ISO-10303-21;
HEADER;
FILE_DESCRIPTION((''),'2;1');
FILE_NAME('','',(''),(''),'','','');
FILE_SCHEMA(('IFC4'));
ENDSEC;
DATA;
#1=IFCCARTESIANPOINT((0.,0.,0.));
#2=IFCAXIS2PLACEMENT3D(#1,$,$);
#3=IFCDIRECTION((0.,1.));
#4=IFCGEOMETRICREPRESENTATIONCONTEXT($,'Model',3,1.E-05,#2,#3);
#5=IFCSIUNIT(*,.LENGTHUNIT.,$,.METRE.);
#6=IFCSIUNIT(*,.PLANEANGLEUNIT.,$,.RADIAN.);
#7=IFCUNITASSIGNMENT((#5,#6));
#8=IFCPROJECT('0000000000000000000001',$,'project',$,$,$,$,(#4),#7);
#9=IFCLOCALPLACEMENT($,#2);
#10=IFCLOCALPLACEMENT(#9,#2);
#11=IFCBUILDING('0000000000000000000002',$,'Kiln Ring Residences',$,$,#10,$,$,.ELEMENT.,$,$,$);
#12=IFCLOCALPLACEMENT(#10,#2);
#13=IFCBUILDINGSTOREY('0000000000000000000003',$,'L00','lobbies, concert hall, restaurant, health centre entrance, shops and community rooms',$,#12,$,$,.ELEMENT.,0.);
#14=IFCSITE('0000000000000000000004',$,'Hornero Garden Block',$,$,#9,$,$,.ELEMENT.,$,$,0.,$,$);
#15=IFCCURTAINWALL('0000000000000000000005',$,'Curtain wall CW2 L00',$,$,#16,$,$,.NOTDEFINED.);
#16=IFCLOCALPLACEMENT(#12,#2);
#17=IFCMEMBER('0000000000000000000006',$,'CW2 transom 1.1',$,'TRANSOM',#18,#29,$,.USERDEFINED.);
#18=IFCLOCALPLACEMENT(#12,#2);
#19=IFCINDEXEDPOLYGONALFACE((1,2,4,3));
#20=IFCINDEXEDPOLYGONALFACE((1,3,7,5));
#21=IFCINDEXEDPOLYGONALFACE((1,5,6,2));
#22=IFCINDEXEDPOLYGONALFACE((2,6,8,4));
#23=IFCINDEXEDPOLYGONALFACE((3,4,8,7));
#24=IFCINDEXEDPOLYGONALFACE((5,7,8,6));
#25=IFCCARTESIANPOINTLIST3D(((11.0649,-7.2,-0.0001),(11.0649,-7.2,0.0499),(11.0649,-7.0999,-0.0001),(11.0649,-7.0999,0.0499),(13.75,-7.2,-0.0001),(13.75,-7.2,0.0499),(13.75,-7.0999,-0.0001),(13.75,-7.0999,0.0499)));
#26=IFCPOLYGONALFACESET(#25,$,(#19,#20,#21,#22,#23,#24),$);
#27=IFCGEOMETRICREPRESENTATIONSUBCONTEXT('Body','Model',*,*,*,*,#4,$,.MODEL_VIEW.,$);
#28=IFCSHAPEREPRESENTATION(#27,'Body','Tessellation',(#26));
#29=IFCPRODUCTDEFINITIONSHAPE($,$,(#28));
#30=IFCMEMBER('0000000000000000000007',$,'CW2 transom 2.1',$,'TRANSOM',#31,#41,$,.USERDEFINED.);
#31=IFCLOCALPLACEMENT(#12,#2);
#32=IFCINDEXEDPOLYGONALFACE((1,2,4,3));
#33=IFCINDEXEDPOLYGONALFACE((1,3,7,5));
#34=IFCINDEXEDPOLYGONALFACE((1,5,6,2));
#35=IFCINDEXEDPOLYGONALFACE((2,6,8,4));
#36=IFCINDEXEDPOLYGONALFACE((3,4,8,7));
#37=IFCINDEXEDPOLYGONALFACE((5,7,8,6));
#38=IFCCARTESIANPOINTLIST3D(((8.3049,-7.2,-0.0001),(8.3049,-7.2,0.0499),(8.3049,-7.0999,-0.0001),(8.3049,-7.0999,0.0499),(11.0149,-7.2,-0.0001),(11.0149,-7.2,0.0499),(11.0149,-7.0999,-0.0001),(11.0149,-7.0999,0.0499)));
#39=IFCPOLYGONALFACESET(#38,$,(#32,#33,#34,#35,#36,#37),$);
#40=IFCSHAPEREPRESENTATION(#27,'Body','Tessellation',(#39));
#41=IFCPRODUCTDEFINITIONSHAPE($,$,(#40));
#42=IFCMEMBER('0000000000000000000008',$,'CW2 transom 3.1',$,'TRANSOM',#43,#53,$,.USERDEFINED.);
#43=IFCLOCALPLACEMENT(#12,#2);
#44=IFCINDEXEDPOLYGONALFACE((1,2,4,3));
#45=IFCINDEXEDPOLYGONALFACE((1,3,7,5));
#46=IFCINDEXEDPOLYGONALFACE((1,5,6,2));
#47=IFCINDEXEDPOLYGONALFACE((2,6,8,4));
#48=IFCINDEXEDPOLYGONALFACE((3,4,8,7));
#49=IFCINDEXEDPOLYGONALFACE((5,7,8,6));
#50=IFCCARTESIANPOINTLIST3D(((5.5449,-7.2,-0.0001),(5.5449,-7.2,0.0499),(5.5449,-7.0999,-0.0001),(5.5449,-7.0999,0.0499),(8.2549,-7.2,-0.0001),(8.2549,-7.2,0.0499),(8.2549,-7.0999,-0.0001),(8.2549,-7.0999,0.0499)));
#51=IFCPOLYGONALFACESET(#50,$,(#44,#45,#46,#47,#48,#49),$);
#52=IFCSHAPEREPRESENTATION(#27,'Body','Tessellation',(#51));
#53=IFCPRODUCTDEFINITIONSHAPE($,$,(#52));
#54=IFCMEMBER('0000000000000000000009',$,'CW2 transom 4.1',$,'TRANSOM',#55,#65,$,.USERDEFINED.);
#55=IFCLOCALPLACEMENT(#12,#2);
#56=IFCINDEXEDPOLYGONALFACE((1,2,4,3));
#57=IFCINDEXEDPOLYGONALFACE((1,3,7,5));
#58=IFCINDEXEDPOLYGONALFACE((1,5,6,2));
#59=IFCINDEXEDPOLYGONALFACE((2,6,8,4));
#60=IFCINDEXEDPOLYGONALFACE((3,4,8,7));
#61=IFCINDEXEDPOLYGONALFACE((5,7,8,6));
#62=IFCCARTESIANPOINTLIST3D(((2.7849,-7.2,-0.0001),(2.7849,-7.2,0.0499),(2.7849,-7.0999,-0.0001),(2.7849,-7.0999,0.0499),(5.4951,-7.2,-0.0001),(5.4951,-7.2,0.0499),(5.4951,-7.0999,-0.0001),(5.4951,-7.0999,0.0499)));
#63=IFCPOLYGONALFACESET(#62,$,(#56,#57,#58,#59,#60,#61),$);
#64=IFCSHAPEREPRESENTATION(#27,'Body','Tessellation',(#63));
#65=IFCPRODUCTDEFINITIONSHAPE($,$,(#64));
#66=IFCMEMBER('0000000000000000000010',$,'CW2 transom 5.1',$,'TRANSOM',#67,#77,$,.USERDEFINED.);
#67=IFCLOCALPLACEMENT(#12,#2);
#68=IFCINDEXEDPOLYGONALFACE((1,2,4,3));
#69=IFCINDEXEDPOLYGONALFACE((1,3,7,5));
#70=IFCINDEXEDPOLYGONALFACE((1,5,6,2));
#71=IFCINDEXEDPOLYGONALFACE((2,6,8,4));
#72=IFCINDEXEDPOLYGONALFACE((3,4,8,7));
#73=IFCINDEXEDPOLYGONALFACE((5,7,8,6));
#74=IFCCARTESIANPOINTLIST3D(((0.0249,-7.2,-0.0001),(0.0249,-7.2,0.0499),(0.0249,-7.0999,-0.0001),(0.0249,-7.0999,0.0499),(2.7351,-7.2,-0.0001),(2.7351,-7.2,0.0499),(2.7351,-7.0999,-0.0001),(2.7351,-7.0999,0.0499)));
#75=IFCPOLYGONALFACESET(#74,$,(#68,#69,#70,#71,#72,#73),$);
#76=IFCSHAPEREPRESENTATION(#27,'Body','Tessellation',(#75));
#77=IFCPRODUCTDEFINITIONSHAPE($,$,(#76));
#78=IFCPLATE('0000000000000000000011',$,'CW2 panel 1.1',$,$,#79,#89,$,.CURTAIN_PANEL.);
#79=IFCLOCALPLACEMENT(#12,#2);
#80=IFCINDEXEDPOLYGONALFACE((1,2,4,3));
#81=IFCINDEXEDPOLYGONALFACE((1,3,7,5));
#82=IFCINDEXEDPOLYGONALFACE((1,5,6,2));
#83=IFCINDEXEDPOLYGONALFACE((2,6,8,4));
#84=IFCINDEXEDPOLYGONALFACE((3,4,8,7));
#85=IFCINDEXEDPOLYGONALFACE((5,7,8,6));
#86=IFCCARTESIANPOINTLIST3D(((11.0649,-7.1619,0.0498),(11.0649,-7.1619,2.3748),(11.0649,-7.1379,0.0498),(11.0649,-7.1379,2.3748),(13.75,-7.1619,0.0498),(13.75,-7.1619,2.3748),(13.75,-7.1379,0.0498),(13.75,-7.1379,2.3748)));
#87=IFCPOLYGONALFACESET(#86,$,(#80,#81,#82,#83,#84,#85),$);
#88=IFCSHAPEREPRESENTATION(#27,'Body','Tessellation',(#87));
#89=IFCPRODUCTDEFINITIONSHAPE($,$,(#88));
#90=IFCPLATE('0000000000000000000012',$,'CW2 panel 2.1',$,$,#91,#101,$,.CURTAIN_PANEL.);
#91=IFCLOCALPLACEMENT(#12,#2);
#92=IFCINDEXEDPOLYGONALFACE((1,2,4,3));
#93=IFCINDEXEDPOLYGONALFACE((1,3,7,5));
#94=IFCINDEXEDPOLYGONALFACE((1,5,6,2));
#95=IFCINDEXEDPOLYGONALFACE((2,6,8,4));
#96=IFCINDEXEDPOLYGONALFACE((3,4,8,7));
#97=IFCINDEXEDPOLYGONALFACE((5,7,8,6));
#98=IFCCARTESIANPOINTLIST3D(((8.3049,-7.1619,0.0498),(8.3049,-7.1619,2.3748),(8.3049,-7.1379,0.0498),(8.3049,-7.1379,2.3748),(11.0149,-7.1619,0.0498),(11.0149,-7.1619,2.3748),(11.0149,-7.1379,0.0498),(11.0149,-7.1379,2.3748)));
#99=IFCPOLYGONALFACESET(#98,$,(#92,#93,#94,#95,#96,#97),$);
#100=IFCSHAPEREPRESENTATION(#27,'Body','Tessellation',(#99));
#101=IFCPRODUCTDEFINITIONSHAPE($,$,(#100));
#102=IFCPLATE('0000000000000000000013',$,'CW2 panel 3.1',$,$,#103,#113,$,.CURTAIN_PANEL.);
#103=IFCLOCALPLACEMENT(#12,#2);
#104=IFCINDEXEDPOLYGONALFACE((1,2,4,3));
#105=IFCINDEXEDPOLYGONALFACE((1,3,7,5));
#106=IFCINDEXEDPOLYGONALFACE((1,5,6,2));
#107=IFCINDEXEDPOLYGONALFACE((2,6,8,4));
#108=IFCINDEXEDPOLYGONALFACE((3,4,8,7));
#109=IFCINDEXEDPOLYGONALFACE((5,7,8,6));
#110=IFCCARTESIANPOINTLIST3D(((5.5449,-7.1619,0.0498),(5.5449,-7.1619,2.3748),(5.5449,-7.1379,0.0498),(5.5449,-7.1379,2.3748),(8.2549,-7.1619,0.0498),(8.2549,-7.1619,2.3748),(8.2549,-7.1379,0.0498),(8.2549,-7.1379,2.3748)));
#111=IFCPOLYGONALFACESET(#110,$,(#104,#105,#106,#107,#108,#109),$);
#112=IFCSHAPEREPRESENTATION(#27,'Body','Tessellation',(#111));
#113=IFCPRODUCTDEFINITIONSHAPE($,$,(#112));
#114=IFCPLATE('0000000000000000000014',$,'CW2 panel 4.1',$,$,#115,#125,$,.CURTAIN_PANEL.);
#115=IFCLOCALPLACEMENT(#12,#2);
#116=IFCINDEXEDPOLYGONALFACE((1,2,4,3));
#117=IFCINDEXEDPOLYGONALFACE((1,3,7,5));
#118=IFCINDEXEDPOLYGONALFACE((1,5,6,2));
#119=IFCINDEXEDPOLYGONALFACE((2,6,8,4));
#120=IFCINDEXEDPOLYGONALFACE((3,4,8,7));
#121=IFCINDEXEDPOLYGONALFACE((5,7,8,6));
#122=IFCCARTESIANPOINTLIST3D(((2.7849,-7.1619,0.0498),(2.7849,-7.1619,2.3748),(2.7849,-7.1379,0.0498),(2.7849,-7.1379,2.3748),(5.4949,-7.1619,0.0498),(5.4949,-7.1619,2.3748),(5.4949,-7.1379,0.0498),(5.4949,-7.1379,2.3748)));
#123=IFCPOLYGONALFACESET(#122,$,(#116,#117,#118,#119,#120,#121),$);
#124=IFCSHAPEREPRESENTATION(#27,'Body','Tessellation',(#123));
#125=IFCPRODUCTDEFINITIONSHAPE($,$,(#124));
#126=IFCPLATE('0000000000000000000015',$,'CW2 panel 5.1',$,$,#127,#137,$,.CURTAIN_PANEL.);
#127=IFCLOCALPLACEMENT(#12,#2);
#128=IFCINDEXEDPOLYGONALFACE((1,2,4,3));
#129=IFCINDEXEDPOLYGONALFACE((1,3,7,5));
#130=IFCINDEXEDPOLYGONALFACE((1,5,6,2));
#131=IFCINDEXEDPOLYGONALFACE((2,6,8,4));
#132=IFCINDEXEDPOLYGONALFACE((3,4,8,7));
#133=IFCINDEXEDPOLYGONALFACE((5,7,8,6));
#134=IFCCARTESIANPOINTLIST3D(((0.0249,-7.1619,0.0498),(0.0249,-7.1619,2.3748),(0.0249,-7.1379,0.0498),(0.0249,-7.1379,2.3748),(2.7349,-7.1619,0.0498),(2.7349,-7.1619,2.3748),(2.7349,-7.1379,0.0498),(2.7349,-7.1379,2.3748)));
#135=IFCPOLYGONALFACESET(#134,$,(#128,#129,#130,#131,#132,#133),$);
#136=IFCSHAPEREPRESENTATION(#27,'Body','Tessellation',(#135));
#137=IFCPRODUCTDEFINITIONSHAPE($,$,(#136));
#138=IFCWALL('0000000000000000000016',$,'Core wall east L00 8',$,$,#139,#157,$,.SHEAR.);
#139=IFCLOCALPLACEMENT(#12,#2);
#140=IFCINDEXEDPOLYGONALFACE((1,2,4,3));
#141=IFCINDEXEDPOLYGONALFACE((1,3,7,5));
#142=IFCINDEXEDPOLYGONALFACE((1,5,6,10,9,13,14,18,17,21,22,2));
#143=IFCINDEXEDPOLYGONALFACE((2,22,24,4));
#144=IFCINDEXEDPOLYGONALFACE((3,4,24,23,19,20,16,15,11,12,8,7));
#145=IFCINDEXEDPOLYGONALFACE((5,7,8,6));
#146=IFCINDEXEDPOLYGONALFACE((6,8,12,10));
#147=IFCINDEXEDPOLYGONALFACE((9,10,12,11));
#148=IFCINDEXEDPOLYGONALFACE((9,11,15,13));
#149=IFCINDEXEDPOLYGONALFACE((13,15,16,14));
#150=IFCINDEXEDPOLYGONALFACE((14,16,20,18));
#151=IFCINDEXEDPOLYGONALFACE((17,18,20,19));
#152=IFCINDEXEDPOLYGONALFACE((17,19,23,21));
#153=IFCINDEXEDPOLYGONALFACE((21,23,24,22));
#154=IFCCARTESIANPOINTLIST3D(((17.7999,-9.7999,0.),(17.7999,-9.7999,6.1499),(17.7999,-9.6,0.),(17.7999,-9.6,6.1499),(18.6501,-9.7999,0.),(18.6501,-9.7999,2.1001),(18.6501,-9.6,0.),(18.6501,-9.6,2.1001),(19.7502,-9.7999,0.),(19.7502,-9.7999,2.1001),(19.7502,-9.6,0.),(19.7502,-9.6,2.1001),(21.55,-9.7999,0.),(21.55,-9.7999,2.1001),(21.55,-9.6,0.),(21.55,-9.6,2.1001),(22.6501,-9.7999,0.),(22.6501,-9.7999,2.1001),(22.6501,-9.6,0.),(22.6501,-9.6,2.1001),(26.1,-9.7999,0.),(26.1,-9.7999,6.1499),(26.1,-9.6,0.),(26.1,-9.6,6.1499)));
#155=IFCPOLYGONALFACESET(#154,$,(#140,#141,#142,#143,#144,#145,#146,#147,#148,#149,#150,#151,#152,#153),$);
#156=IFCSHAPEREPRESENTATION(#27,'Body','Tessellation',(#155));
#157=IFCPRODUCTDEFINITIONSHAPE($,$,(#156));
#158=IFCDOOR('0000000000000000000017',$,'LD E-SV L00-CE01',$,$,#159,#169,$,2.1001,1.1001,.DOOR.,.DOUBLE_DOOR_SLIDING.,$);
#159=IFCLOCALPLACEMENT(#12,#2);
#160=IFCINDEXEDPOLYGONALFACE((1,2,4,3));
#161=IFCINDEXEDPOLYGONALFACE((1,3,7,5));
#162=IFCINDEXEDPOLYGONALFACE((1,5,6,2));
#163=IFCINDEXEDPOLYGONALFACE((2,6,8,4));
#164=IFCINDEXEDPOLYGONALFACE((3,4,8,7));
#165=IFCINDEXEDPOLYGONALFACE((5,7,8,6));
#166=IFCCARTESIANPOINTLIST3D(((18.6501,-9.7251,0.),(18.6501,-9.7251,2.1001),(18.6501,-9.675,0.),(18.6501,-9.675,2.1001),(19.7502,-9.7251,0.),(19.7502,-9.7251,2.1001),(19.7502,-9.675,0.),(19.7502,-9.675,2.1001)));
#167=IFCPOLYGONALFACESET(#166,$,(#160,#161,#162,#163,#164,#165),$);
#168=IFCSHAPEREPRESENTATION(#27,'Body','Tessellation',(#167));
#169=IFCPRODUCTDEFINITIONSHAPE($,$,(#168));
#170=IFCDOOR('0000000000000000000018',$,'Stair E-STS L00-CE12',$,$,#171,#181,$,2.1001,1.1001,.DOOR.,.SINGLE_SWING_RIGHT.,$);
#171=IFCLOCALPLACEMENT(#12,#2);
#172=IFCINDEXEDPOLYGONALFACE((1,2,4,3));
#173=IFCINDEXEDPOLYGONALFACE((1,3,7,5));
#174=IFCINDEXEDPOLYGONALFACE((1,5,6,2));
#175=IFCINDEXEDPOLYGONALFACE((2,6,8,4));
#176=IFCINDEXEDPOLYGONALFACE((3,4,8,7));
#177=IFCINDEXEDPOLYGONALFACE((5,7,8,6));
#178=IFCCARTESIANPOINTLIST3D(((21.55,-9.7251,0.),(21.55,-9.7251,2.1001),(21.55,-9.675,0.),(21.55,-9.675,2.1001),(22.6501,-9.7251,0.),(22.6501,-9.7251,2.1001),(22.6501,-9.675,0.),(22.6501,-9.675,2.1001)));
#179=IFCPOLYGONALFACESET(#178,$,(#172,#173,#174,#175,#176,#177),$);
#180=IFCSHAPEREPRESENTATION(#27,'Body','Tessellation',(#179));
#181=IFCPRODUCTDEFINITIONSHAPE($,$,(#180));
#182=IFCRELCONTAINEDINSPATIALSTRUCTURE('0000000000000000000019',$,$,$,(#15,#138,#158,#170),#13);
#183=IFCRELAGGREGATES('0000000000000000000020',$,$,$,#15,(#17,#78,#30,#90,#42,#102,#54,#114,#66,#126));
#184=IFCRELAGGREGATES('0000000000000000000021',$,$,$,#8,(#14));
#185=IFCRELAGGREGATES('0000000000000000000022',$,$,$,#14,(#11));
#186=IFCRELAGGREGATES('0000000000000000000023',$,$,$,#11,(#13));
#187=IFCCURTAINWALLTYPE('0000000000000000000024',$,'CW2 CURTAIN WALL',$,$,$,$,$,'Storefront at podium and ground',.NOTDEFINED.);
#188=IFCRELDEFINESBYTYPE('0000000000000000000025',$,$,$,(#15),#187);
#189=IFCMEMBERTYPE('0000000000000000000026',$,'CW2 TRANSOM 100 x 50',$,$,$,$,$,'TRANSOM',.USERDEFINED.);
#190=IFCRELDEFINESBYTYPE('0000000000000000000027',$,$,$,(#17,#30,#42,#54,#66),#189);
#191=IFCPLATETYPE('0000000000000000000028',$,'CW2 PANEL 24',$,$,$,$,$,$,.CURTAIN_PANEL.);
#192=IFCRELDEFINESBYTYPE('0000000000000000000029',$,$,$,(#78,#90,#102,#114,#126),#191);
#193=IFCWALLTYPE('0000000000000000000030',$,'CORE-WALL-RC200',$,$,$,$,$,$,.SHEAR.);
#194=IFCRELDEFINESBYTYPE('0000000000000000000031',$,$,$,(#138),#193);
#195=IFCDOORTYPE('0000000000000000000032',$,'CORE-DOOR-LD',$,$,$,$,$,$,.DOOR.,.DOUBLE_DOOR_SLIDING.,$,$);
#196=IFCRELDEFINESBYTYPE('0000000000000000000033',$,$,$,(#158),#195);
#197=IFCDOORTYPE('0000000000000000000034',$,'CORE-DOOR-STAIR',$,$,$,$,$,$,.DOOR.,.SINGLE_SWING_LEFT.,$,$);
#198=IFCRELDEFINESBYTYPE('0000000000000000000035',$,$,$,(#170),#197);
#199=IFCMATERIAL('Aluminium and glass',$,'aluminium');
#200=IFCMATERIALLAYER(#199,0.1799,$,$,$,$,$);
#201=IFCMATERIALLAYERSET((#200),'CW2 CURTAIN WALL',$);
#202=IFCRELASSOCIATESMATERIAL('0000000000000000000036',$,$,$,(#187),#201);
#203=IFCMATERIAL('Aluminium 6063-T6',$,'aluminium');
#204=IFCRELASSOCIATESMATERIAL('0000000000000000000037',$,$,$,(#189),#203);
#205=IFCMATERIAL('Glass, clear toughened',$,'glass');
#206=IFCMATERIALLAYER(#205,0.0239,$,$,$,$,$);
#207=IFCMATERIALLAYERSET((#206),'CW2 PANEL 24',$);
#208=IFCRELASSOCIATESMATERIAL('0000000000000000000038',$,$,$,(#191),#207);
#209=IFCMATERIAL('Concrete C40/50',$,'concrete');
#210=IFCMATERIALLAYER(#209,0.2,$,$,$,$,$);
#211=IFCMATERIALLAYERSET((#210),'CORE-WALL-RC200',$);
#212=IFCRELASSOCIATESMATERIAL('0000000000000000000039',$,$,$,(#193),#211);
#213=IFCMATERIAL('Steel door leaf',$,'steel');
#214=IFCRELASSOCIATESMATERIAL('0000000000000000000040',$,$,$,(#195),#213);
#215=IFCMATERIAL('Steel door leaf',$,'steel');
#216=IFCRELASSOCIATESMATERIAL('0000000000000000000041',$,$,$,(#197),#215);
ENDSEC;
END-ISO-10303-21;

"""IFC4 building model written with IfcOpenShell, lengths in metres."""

from ifc_helpers import new_model, si_unit, direction, frame, frame_2d, origin, origin_2d, place, context, subcontext, project, spatial, rectangle, extrude, material, layer, layer_set, material_profile, profile_set, type_object, element, fill, aggregate, save


model = new_model("IFC4")

# Units and contexts
model_context = context("Model", 3, precision=1e-05, world=origin(), true_north=direction((0.0, 1.0)))
body_context = subcontext(model_context, "Body", "Model", "MODEL_VIEW")
ifc_project = project(units=[si_unit("LENGTHUNIT", "METRE"), si_unit("PLANEANGLEUNIT", "RADIAN")], contexts=[model_context])

# Site, building, storey
site_placement = place(None, origin())
site = spatial("IfcSite", under=ifc_project, at=site_placement, Name="Hornero Garden Block", CompositionType="ELEMENT", RefElevation=0.0)
building_placement = place(site_placement, origin())
building = spatial("IfcBuilding", under=site, at=building_placement, Name="Kiln Ring Residences", CompositionType="ELEMENT")
storey_placement = place(building_placement, origin())
storey = spatial("IfcBuildingStorey", under=building, at=storey_placement, Name="L00", Description="lobbies, concert hall, restaurant, health centre entrance, shops and community rooms", CompositionType="ELEMENT", Elevation=0.0)

# Curtain wall, members, plates
ifc_material_1 = material(Name="Aluminium and glass", Category="aluminium")
ifc_layer_1 = layer(ifc_material_1, 0.1799)
ifc_layer_set_1 = layer_set([ifc_layer_1], Name="CW2 CURTAIN WALL")
curtain_wall_type = type_object("IfcCurtainWallType", Name="CW2 CURTAIN WALL", ElementType="Storefront at podium and ground", PredefinedType="NOTDEFINED", material=ifc_layer_set_1)
curtain_wall_placement = place(storey_placement, origin())
curtain_wall = element("IfcCurtainWall", 1, at=curtain_wall_placement, inside=storey, type_object=curtain_wall_type, Name="Curtain wall CW2 L00", PredefinedType="NOTDEFINED")
ifc_material_2 = material(Name="Aluminium 6063-T6", Category="aluminium")
ifc_material_profile = material_profile(ifc_material_2, rectangle(XDim=0.1001, YDim=0.05, at=origin_2d()), Name="AL 100x50")
ifc_profile_set = profile_set([ifc_material_profile], Name="Aluminium 6063-T6")
member_type = type_object("IfcMemberType", Name="CW2 TRANSOM 100 x 50", ElementType="TRANSOM", PredefinedType="USERDEFINED", material=ifc_profile_set)
member_1_placement = place(storey_placement, frame((13.75, -7.1499, 0.0249), z_axis=(-1.0, 0.0, 0.0), x_axis=(0.0, -1.0, 0.0)))
member_1 = element("IfcMember", 2, at=member_1_placement, type_object=member_type, Name="CW2 transom 1.1", ObjectType="TRANSOM", PredefinedType="USERDEFINED", context=body_context, shape_type="SweptSolid", body=[
    extrude(rectangle(XDim=0.1001, YDim=0.05, at=origin_2d()), origin(), (0.0, 0.0, 1.0), 2.6851),
])
member_2_placement = place(storey_placement, frame((11.0149, -7.1499, 0.0249), z_axis=(-1.0, 0.0, 0.0), x_axis=(0.0, -1.0, 0.0)))
member_2 = element("IfcMember", 3, at=member_2_placement, type_object=member_type, Name="CW2 transom 2.1", ObjectType="TRANSOM", PredefinedType="USERDEFINED", context=body_context, shape_type="SweptSolid", body=[
    extrude(rectangle(XDim=0.1001, YDim=0.05, at=origin_2d()), origin(), (0.0, 0.0, 1.0), 2.71),
])
member_3_placement = place(storey_placement, frame((8.2549, -7.1499, 0.0249), z_axis=(-1.0, 0.0, 0.0), x_axis=(0.0, -1.0, 0.0)))
member_3 = element("IfcMember", 4, at=member_3_placement, type_object=member_type, Name="CW2 transom 3.1", ObjectType="TRANSOM", PredefinedType="USERDEFINED", context=body_context, shape_type="SweptSolid", body=[
    extrude(rectangle(XDim=0.1001, YDim=0.05, at=origin_2d()), origin(), (0.0, 0.0, 1.0), 2.71),
])
member_4_placement = place(storey_placement, frame((5.4951, -7.1499, 0.0249), z_axis=(-1.0, 0.0, 0.0), x_axis=(0.0, -1.0, 0.0)))
member_4 = element("IfcMember", 5, at=member_4_placement, type_object=member_type, Name="CW2 transom 4.1", ObjectType="TRANSOM", PredefinedType="USERDEFINED", context=body_context, shape_type="SweptSolid", body=[
    extrude(rectangle(XDim=0.1001, YDim=0.05, at=origin_2d()), origin(), (0.0, 0.0, 1.0), 2.7102),
])
member_5_placement = place(storey_placement, frame((2.7351, -7.1499, 0.0249), z_axis=(-1.0, 0.0, 0.0), x_axis=(0.0, -1.0, 0.0)))
member_5 = element("IfcMember", 6, at=member_5_placement, type_object=member_type, Name="CW2 transom 5.1", ObjectType="TRANSOM", PredefinedType="USERDEFINED", context=body_context, shape_type="SweptSolid", body=[
    extrude(rectangle(XDim=0.1001, YDim=0.05, at=origin_2d()), origin(), (0.0, 0.0, 1.0), 2.7102),
])
ifc_material_3 = material(Name="Glass, clear toughened", Category="glass")
ifc_layer_2 = layer(ifc_material_3, 0.0239)
ifc_layer_set_2 = layer_set([ifc_layer_2], Name="CW2 PANEL 24")
plate_type = type_object("IfcPlateType", Name="CW2 PANEL 24", PredefinedType="CURTAIN_PANEL", material=ifc_layer_set_2)
plate_1_placement = place(storey_placement, frame((12.4075, -7.1499, 0.0498), z_axis=(0.0, 0.0, 1.0), x_axis=(-1.0, 0.0, 0.0)))
plate_1 = element("IfcPlate", 7, at=plate_1_placement, type_object=plate_type, Name="CW2 panel 1.1", PredefinedType="CURTAIN_PANEL", context=body_context, shape_type="SweptSolid", body=[
    extrude(rectangle(XDim=2.6851, YDim=0.0239, at=origin_2d()), origin(), (0.0, 0.0, 1.0), 2.325),
])
plate_2_placement = place(storey_placement, frame((9.6599, -7.1499, 0.0498), z_axis=(0.0, 0.0, 1.0), x_axis=(-1.0, 0.0, 0.0)))
plate_2 = element("IfcPlate", 8, at=plate_2_placement, type_object=plate_type, Name="CW2 panel 2.1", PredefinedType="CURTAIN_PANEL", context=body_context, shape_type="SweptSolid", body=[
    extrude(rectangle(XDim=2.71, YDim=0.0239, at=origin_2d()), origin(), (0.0, 0.0, 1.0), 2.325),
])
plate_3_placement = place(storey_placement, frame((6.8999, -7.1499, 0.0498), z_axis=(0.0, 0.0, 1.0), x_axis=(-1.0, 0.0, 0.0)))
plate_3 = element("IfcPlate", 9, at=plate_3_placement, type_object=plate_type, Name="CW2 panel 3.1", PredefinedType="CURTAIN_PANEL", context=body_context, shape_type="SweptSolid", body=[
    extrude(rectangle(XDim=2.71, YDim=0.0239, at=origin_2d()), origin(), (0.0, 0.0, 1.0), 2.325),
])
plate_4_placement = place(storey_placement, frame((4.1399, -7.1499, 0.0498), z_axis=(0.0, 0.0, 1.0), x_axis=(-1.0, 0.0, 0.0)))
plate_4 = element("IfcPlate", 10, at=plate_4_placement, type_object=plate_type, Name="CW2 panel 4.1", PredefinedType="CURTAIN_PANEL", context=body_context, shape_type="SweptSolid", body=[
    extrude(rectangle(XDim=2.71, YDim=0.0239, at=origin_2d()), origin(), (0.0, 0.0, 1.0), 2.325),
])
plate_5_placement = place(storey_placement, frame((1.3799, -7.1499, 0.0498), z_axis=(0.0, 0.0, 1.0), x_axis=(-1.0, 0.0, 0.0)))
plate_5 = element("IfcPlate", 11, at=plate_5_placement, type_object=plate_type, Name="CW2 panel 5.1", PredefinedType="CURTAIN_PANEL", context=body_context, shape_type="SweptSolid", body=[
    extrude(rectangle(XDim=2.71, YDim=0.0239, at=origin_2d()), origin(), (0.0, 0.0, 1.0), 2.325),
])
aggregate(curtain_wall, [member_1, plate_1, member_2, plate_2, member_3, plate_3, member_4, plate_4, member_5, plate_5])

# Wall, openings, doors
ifc_material_4 = material(Name="Concrete C40/50", Category="concrete")
ifc_layer_3 = layer(ifc_material_4, 0.2)
ifc_layer_set_3 = layer_set([ifc_layer_3], Name="CORE-WALL-RC200")
wall_type_1 = type_object("IfcWallType", Name="CORE-WALL-RC200", PredefinedType="SHEAR", material=ifc_layer_set_3)
wall_1_placement = place(storey_placement, frame((17.8, -9.7, 0.0), z_axis=(0.0, 0.0, 1.0), x_axis=(1.0, 0.0, 0.0)))
wall_1 = element("IfcWall", 12, at=wall_1_placement, inside=storey, type_object=wall_type_1, Name="Core wall east L00 8", PredefinedType="SHEAR", context=body_context, shape_type="SweptSolid", body=[
    extrude(rectangle(XDim=8.3, YDim=0.2, at=frame_2d((4.1499, 0.0))), origin(), (0.0, 0.0, 1.0), 6.1499),
])
opening_1_placement = place(wall_1_placement, frame((0.8501, 0.0, 0.0)))
opening_1 = element("IfcOpeningElement", 13, at=opening_1_placement, cuts=wall_1, PredefinedType="OPENING", context=body_context, shape_type="SweptSolid", body=[
    extrude(rectangle(XDim=1.1001, YDim=2.1001, at=frame_2d((0.55, 1.05))), frame((0.0, 0.1099, 0.0), z_axis=(0.0, -1.0, 0.0), x_axis=(1.0, 0.0, 0.0)), (0.0, 0.0, 1.0), 0.22),
])
opening_2_placement = place(wall_1_placement, frame((3.75, 0.0, 0.0)))
opening_2 = element("IfcOpeningElement", 14, at=opening_2_placement, cuts=wall_1, PredefinedType="OPENING", context=body_context, shape_type="SweptSolid", body=[
    extrude(rectangle(XDim=1.1001, YDim=2.1001, at=frame_2d((0.55, 1.05))), frame((0.0, 0.1099, 0.0), z_axis=(0.0, -1.0, 0.0), x_axis=(1.0, 0.0, 0.0)), (0.0, 0.0, 1.0), 0.22),
])
ifc_material_5 = material(Name="Steel door leaf", Category="steel")
door_type_1 = type_object("IfcDoorType", Name="CORE-DOOR-LD", OperationType="DOUBLE_DOOR_SLIDING", PredefinedType="DOOR", material=ifc_material_5)
door_1_placement = place(opening_1_placement, origin())
door_1 = element("IfcDoor", 15, at=door_1_placement, inside=storey, type_object=door_type_1, Name="LD E-SV L00-CE01", OperationType="DOUBLE_DOOR_SLIDING", OverallHeight=2.1001, OverallWidth=1.1001, PredefinedType="DOOR", context=body_context, shape_type="SweptSolid", body=[
    extrude(rectangle(XDim=1.1001, YDim=2.1001, at=frame_2d((0.55, 1.05))), frame((0.0, 0.0249, 0.0), z_axis=(0.0, -1.0, 0.0), x_axis=(1.0, 0.0, 0.0)), (0.0, 0.0, 1.0), 0.05),
])
fill(opening_1, door_1)
ifc_material_6 = material(Name="Steel door leaf", Category="steel")
door_type_2 = type_object("IfcDoorType", Name="CORE-DOOR-STAIR", OperationType="SINGLE_SWING_LEFT", PredefinedType="DOOR", material=ifc_material_6)
door_2_placement = place(opening_2_placement, origin())
door_2 = element("IfcDoor", 16, at=door_2_placement, inside=storey, type_object=door_type_2, Name="Stair E-STS L00-CE12", OperationType="SINGLE_SWING_RIGHT", OverallHeight=2.1001, OverallWidth=1.1001, PredefinedType="DOOR", context=body_context, shape_type="SweptSolid", body=[
    extrude(rectangle(XDim=1.1001, YDim=2.1001, at=frame_2d((0.55, 1.05))), frame((0.0, 0.0249, 0.0), z_axis=(0.0, -1.0, 0.0), x_axis=(1.0, 0.0, 0.0)), (0.0, 0.0, 1.0), 0.05),
])
fill(opening_2, door_2)

save(model, "model.ifc")
